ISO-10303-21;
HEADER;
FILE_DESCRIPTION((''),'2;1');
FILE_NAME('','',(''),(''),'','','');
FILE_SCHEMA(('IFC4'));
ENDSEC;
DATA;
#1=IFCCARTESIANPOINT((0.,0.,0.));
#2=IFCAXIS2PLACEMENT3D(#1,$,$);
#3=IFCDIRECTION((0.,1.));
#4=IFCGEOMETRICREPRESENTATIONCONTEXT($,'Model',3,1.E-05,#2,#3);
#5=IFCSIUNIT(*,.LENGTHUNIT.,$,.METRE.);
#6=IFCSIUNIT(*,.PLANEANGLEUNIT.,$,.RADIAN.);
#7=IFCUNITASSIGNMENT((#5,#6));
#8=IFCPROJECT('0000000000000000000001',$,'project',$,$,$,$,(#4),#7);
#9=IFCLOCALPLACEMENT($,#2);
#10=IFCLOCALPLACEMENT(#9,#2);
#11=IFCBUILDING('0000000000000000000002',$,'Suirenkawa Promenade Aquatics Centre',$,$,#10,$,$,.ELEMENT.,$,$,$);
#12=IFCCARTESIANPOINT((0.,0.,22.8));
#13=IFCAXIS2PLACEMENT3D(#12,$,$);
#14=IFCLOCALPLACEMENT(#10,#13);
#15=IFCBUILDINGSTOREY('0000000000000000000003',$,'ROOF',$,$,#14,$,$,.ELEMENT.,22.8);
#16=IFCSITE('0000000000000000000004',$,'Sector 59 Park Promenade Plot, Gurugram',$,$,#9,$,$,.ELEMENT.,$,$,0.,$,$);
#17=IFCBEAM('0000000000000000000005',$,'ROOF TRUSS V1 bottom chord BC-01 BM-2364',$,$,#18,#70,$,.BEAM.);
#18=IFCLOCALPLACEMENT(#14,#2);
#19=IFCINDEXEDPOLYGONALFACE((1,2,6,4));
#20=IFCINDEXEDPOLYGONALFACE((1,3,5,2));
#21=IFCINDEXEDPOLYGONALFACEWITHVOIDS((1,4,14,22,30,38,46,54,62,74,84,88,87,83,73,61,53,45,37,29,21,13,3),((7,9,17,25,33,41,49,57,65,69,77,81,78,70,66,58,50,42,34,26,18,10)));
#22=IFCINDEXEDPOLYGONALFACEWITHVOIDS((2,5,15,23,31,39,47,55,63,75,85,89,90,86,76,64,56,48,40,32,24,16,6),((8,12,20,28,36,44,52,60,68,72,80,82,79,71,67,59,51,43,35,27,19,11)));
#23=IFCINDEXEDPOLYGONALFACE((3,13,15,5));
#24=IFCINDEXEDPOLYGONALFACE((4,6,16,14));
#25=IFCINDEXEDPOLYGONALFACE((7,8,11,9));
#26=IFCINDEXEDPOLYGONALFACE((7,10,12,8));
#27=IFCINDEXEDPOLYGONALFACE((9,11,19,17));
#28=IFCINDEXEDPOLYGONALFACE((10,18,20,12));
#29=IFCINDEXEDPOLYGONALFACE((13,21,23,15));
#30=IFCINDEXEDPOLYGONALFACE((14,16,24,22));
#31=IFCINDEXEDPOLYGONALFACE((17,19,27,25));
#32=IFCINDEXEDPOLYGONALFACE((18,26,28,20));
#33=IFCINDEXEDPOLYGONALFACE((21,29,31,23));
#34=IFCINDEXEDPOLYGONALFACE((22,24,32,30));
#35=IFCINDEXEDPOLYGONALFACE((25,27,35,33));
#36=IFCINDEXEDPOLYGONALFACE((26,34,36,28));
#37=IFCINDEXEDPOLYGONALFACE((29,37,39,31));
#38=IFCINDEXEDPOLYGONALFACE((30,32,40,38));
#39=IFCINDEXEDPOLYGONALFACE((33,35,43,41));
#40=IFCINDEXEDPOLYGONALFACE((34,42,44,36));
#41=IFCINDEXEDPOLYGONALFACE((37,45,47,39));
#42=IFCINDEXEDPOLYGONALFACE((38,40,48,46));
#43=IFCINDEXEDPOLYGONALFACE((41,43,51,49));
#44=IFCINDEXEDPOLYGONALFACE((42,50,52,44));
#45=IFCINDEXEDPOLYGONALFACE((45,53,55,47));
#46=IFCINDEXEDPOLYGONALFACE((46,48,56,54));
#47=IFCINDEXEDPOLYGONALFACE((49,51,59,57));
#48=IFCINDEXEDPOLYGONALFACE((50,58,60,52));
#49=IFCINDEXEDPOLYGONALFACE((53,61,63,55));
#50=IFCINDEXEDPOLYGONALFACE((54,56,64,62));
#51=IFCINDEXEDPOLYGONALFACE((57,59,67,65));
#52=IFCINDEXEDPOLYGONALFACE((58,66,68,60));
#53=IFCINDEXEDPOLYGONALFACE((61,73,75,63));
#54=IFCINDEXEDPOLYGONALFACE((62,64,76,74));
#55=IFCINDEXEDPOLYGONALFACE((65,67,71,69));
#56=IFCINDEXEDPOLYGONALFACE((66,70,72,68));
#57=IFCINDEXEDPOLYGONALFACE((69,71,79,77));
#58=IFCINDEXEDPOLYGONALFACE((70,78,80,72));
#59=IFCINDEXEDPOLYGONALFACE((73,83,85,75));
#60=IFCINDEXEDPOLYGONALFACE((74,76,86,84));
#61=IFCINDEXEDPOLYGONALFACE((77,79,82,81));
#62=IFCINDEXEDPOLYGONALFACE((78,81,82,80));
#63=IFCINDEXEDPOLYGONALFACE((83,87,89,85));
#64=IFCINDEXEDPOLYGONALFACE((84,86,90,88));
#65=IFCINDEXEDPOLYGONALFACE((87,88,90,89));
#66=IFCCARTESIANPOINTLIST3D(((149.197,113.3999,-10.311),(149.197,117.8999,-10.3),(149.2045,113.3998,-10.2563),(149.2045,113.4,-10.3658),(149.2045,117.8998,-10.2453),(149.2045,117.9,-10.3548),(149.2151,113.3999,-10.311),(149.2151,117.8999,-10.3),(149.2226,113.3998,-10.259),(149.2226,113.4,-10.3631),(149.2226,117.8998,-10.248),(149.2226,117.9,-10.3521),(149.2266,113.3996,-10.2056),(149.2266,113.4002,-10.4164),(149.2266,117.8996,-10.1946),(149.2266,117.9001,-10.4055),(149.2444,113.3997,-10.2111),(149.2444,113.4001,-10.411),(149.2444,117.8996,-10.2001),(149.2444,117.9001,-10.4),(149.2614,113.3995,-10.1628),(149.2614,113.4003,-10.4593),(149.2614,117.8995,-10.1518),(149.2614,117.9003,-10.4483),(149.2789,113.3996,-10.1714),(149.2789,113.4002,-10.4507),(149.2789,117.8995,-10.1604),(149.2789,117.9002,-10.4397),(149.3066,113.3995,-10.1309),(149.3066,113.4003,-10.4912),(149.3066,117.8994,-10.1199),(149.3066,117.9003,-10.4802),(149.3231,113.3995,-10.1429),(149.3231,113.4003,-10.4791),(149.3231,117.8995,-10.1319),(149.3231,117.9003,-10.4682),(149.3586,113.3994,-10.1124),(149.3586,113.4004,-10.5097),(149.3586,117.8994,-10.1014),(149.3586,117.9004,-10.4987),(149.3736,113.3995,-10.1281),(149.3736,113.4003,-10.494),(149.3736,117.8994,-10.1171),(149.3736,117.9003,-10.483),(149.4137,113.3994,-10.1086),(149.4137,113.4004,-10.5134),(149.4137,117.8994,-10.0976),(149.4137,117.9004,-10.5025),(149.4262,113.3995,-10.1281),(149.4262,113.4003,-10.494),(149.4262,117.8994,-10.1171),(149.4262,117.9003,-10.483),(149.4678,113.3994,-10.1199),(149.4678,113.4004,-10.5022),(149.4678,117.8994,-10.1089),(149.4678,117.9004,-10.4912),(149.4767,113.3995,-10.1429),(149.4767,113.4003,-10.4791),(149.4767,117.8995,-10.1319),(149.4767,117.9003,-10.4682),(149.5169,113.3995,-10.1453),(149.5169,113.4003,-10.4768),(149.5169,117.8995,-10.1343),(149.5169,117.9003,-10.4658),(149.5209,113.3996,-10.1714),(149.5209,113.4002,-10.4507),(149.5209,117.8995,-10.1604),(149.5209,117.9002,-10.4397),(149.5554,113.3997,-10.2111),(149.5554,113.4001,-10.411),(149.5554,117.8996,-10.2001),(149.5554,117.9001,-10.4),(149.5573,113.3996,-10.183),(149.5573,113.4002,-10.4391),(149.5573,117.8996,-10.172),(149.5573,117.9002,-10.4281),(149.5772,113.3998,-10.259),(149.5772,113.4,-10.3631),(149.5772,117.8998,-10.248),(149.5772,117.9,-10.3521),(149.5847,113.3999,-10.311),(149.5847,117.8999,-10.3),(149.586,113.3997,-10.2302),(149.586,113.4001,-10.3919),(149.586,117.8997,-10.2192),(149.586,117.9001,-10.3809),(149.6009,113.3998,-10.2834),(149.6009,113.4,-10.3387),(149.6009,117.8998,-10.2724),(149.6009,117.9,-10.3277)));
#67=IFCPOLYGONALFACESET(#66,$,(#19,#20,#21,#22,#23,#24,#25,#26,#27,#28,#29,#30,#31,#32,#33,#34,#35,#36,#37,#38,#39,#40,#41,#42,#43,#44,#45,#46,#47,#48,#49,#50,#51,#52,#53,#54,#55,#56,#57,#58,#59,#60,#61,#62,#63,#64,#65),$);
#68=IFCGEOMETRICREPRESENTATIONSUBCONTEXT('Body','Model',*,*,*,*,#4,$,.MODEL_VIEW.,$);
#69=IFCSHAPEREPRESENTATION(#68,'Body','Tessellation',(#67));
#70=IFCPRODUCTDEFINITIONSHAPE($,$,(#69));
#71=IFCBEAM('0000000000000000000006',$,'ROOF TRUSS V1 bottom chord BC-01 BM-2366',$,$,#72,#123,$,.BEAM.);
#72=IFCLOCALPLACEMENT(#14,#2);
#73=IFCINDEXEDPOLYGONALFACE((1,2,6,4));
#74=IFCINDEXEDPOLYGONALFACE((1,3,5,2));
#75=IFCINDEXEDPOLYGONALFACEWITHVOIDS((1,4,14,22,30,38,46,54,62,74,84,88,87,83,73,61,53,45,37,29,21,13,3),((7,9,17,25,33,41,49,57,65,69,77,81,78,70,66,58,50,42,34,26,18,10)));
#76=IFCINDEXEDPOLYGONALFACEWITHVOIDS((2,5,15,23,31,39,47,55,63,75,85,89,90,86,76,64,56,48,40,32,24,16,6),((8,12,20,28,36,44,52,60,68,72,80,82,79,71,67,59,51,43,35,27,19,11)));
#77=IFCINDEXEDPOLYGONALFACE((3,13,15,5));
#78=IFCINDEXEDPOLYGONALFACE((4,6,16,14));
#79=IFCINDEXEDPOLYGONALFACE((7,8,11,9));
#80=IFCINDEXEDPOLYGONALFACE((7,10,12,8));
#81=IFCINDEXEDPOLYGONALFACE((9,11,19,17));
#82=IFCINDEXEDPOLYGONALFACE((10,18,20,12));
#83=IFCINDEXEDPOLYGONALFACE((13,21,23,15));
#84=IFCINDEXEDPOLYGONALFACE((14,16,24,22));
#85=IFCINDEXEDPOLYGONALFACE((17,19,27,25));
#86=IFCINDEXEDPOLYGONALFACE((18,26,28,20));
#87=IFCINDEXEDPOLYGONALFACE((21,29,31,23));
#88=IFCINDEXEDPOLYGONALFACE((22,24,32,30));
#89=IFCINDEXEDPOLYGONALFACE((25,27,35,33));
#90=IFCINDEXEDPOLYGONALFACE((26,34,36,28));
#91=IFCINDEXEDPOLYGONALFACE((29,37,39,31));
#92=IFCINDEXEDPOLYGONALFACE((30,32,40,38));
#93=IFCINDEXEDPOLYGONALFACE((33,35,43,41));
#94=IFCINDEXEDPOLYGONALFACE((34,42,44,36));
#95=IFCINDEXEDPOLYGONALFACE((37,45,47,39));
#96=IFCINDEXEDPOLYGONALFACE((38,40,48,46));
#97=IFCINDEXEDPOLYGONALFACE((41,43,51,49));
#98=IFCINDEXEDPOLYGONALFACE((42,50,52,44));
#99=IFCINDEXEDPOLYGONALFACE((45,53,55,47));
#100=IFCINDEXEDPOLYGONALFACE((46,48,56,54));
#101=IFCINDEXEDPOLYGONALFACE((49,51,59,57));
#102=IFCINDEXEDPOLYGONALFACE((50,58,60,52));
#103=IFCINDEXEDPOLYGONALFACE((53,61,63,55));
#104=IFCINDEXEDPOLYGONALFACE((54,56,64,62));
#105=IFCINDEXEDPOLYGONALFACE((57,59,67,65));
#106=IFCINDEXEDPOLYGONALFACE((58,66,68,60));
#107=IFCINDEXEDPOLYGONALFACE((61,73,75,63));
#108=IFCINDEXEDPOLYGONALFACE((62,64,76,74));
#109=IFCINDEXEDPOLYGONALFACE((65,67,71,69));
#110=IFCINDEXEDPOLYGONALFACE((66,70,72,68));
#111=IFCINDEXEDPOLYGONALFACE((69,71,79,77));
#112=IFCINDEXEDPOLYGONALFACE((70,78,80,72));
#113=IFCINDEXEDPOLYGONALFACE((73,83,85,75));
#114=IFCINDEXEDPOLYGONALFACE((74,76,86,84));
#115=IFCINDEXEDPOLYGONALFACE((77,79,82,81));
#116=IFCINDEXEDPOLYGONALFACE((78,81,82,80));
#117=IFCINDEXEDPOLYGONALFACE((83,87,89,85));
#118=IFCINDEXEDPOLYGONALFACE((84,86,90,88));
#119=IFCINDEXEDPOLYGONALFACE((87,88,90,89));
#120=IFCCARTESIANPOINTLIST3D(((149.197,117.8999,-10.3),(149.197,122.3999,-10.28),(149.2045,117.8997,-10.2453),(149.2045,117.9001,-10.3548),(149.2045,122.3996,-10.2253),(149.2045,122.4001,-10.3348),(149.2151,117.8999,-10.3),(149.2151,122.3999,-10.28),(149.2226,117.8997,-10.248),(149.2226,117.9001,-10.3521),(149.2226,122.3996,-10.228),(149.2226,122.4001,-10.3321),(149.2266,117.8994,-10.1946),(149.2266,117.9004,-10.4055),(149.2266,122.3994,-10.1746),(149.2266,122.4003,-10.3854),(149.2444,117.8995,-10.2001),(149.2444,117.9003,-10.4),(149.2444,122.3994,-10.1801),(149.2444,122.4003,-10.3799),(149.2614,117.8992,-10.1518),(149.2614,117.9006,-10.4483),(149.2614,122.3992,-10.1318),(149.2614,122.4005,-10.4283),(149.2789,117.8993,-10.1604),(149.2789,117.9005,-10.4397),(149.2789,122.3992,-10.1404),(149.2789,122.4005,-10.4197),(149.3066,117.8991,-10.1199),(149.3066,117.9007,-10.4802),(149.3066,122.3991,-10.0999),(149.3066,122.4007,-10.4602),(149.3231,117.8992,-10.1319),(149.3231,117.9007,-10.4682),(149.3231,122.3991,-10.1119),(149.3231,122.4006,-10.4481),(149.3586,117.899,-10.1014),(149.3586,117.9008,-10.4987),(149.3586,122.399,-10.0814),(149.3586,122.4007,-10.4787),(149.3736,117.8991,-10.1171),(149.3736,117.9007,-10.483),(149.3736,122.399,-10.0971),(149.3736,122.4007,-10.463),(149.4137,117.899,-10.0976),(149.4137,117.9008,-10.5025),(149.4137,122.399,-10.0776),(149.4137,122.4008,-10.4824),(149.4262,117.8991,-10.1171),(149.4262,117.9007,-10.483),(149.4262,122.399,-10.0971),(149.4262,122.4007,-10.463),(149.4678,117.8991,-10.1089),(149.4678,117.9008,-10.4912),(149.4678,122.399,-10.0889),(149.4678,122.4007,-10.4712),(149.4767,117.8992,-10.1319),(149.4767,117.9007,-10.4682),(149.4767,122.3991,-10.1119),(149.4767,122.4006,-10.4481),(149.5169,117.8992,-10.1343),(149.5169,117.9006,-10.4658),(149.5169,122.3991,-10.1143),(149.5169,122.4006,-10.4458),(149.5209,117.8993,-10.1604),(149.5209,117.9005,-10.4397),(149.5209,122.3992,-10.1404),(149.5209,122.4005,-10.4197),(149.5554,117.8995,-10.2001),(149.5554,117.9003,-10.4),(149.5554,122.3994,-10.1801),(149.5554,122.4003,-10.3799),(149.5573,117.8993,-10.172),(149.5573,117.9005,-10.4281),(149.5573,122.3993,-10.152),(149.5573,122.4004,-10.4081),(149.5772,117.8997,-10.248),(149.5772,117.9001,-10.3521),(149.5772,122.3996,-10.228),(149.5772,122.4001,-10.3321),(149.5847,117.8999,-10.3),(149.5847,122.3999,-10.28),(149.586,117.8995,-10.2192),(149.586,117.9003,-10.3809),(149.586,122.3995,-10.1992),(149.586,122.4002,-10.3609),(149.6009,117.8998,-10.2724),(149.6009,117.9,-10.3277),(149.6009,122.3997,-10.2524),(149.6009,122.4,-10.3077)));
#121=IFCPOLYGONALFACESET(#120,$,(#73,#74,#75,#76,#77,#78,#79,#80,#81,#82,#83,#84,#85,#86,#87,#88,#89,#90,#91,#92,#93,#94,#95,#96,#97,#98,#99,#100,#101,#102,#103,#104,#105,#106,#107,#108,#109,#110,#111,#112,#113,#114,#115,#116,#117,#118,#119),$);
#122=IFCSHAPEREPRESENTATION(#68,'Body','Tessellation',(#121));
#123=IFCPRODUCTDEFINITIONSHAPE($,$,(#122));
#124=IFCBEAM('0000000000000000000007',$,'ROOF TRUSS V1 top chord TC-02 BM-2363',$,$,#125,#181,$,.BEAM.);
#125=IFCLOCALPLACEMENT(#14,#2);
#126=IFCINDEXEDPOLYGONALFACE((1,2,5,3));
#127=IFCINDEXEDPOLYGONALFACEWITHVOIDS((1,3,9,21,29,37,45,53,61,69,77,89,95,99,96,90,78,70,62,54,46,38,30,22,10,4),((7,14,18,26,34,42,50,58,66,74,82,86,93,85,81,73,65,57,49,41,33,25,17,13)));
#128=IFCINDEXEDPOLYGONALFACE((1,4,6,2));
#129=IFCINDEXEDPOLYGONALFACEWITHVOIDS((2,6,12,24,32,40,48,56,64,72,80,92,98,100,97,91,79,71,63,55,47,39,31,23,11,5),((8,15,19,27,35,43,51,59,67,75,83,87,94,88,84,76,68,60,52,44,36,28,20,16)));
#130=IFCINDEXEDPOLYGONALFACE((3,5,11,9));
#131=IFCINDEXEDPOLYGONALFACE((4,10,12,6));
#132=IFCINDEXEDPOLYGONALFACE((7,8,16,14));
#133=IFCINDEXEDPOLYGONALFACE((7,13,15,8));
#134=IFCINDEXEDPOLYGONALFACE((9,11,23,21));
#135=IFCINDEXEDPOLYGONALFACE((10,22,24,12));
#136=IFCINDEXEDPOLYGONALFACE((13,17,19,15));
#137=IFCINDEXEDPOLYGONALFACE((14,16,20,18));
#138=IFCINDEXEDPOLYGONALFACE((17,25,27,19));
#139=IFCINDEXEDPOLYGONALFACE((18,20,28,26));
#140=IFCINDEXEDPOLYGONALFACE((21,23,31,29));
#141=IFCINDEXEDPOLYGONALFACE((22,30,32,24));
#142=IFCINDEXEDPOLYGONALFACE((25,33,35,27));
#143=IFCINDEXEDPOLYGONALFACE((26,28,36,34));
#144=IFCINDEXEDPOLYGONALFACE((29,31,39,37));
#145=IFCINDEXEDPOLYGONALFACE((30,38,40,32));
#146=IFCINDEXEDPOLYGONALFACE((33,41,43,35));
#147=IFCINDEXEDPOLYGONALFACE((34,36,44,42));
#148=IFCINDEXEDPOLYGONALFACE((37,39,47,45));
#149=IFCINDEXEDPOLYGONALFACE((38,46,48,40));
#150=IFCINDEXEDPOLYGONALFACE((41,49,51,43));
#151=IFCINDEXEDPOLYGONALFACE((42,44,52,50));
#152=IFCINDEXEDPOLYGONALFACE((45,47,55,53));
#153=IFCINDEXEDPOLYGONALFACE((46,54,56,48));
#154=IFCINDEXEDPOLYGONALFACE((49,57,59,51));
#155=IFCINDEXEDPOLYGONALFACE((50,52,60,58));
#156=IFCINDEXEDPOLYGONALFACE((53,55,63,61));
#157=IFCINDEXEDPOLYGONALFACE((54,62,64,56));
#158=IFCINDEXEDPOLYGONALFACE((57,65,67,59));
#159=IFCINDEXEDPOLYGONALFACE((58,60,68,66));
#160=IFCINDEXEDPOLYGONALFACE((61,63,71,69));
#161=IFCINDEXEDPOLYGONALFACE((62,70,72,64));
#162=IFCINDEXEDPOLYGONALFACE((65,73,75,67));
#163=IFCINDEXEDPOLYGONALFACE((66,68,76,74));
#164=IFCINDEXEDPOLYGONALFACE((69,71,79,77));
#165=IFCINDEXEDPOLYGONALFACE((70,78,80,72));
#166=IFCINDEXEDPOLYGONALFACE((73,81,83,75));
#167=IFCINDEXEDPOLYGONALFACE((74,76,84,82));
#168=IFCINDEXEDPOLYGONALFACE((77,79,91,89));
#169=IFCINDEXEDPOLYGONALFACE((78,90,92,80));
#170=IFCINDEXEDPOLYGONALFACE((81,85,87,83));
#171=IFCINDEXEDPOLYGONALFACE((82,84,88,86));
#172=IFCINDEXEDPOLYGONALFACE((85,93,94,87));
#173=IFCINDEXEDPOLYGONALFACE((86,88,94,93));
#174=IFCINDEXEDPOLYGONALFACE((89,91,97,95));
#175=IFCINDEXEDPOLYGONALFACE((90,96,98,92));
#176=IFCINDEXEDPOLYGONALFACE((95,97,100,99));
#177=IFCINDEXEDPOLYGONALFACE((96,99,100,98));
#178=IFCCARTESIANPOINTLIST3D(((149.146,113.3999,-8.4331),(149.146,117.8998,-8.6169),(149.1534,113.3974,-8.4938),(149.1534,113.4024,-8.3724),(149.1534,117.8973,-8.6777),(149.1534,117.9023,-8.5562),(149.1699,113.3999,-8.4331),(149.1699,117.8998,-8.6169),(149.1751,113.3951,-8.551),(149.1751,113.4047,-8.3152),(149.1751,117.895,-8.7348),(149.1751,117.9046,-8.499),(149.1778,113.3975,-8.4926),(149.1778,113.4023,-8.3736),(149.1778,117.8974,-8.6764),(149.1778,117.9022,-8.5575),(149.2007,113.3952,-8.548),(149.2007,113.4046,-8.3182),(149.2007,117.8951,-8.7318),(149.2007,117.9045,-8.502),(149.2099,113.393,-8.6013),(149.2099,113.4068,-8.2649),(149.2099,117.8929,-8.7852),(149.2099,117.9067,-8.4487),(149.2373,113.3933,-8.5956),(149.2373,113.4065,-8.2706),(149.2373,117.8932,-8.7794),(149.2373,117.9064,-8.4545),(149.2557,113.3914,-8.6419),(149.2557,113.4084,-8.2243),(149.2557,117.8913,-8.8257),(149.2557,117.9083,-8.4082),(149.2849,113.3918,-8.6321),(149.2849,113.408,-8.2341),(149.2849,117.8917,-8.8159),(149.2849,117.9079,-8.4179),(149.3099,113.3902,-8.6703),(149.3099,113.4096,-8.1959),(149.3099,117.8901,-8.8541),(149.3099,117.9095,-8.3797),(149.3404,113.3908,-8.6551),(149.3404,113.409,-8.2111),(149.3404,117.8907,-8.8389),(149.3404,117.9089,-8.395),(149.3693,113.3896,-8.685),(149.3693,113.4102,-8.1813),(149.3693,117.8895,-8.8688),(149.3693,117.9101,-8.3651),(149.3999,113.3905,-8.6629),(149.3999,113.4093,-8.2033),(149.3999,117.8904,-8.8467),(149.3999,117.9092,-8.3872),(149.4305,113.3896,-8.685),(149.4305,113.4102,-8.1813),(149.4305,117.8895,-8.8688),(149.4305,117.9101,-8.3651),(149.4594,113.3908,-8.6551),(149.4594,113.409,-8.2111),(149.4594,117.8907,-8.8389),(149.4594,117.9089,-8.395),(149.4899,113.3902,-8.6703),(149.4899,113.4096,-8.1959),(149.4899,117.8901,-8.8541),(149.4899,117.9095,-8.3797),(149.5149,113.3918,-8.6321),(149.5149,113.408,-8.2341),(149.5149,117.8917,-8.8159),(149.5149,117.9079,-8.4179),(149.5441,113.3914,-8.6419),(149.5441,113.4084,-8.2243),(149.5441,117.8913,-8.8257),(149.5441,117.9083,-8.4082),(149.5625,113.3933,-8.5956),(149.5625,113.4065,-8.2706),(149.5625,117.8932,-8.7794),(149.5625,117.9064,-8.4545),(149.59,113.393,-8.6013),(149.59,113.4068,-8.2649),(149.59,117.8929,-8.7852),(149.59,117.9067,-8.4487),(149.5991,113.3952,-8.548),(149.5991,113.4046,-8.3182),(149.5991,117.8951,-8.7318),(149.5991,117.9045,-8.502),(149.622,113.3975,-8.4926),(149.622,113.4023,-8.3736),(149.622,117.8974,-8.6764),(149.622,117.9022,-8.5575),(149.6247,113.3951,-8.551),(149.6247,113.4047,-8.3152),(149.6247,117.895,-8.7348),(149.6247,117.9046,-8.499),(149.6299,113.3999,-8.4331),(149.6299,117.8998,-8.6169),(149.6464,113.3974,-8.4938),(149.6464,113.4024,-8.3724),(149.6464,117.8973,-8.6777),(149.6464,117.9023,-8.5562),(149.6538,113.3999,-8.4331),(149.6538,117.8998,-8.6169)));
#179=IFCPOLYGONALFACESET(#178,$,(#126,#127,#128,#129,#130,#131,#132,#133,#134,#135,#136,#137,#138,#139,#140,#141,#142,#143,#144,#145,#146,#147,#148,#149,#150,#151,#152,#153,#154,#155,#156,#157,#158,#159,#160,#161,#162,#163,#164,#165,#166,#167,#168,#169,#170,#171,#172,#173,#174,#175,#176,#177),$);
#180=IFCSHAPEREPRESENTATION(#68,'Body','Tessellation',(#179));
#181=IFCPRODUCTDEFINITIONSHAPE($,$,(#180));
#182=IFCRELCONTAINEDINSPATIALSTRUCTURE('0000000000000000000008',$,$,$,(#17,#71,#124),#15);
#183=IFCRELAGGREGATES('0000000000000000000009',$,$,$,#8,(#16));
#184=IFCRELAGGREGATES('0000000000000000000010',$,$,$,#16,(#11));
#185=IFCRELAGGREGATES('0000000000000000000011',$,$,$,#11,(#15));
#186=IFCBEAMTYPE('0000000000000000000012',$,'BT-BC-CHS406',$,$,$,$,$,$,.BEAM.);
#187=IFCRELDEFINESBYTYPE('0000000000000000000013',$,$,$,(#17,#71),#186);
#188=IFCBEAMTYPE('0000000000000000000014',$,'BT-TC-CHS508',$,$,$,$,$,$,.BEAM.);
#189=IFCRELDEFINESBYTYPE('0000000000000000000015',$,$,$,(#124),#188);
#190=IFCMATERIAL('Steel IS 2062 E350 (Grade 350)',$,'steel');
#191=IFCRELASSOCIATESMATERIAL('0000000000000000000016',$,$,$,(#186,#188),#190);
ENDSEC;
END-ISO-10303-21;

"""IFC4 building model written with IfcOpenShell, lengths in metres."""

from ifc_helpers import new_model, si_unit, direction, frame, origin, origin_2d, place, context, subcontext, project, spatial, hollow_circle, extrude, material, material_profile, profile_set, type_object, element, save


model = new_model("IFC4")

# Units and contexts
model_context = context("Model", 3, precision=1e-05, world=origin(), true_north=direction((0.0, 1.0)))
body_context = subcontext(model_context, "Body", "Model", "MODEL_VIEW")
ifc_project = project(units=[si_unit("LENGTHUNIT", "METRE"), si_unit("PLANEANGLEUNIT", "RADIAN")], contexts=[model_context])

# Site, building, storey
site_placement = place(None, origin())
site = spatial("IfcSite", under=ifc_project, at=site_placement, Name="Sector 59 Park Promenade Plot, Gurugram", CompositionType="ELEMENT", RefElevation=0.0)
building_placement = place(site_placement, origin())
building = spatial("IfcBuilding", under=site, at=building_placement, Name="Suirenkawa Promenade Aquatics Centre", CompositionType="ELEMENT")
storey_placement = place(building_placement, frame((0.0, 0.0, 22.8)))
storey = spatial("IfcBuildingStorey", under=building, at=storey_placement, Name="ROOF", CompositionType="ELEMENT", Elevation=22.8)

# Beams
ifc_material = material(Name="Steel IS 2062 E350 (Grade 350)", Category="steel")
ifc_material_profile_1 = material_profile(ifc_material, hollow_circle(Radius=0.2029, WallThickness=0.0181, at=origin_2d()), Name="CHS 406x18", Category="steel")
ifc_profile_set_1 = profile_set([ifc_material_profile_1], Name="Steel IS 2062 E350 (Grade 350)")
beam_type_1 = type_object("IfcBeamType", Name="BT-BC-CHS406", PredefinedType="BEAM", material=ifc_profile_set_1)
for number, where, z_axis, x_axis, name in (
    (1, (149.3999, 113.3999, -10.311), (0.0, 0.999997, 0.002441), (-1.0, 0.0, 0.0), "ROOF TRUSS V1 bottom chord BC-01 BM-2364"),
    (2, (149.3999, 117.8999, -10.3), (0.0, 0.99999, 0.004449), (-1.0, 0.0, 0.0), "ROOF TRUSS V1 bottom chord BC-01 BM-2366"),
):
    element("IfcBeam", number, at=place(storey_placement, frame(where, z_axis=z_axis, x_axis=x_axis)), inside=storey, type_object=beam_type_1, Name=name, PredefinedType="BEAM", context=body_context, shape_type="SweptSolid", body=[
        extrude(hollow_circle(Radius=0.2029, WallThickness=0.0181, at=origin_2d()), origin(), (0.0, 0.0, 1.0), 4.5),
    ])
ifc_material_profile_2 = material_profile(ifc_material, hollow_circle(Radius=0.2539, WallThickness=0.0239, at=origin_2d()), Name="CHS 508x24", Category="steel")
ifc_profile_set_2 = profile_set([ifc_material_profile_2], Name="Steel IS 2062 E350 (Grade 350)")
beam_type_2 = type_object("IfcBeamType", Name="BT-TC-CHS508", PredefinedType="BEAM", material=ifc_profile_set_2)
for number, where, z_axis, x_axis, name in (
    (3, (149.3999, 113.3999, -8.4331), (0.0, 0.999167, -0.040819), (-1.0, 0.0, 0.0), "ROOF TRUSS V1 top chord TC-02 BM-2363"),
):
    element("IfcBeam", number, at=place(storey_placement, frame(where, z_axis=z_axis, x_axis=x_axis)), inside=storey, type_object=beam_type_2, Name=name, PredefinedType="BEAM", context=body_context, shape_type="SweptSolid", body=[
        extrude(hollow_circle(Radius=0.2539, WallThickness=0.0239, at=origin_2d()), origin(), (0.0, 0.0, 1.0), 4.5037),
    ])

save(model, "model.ifc")
